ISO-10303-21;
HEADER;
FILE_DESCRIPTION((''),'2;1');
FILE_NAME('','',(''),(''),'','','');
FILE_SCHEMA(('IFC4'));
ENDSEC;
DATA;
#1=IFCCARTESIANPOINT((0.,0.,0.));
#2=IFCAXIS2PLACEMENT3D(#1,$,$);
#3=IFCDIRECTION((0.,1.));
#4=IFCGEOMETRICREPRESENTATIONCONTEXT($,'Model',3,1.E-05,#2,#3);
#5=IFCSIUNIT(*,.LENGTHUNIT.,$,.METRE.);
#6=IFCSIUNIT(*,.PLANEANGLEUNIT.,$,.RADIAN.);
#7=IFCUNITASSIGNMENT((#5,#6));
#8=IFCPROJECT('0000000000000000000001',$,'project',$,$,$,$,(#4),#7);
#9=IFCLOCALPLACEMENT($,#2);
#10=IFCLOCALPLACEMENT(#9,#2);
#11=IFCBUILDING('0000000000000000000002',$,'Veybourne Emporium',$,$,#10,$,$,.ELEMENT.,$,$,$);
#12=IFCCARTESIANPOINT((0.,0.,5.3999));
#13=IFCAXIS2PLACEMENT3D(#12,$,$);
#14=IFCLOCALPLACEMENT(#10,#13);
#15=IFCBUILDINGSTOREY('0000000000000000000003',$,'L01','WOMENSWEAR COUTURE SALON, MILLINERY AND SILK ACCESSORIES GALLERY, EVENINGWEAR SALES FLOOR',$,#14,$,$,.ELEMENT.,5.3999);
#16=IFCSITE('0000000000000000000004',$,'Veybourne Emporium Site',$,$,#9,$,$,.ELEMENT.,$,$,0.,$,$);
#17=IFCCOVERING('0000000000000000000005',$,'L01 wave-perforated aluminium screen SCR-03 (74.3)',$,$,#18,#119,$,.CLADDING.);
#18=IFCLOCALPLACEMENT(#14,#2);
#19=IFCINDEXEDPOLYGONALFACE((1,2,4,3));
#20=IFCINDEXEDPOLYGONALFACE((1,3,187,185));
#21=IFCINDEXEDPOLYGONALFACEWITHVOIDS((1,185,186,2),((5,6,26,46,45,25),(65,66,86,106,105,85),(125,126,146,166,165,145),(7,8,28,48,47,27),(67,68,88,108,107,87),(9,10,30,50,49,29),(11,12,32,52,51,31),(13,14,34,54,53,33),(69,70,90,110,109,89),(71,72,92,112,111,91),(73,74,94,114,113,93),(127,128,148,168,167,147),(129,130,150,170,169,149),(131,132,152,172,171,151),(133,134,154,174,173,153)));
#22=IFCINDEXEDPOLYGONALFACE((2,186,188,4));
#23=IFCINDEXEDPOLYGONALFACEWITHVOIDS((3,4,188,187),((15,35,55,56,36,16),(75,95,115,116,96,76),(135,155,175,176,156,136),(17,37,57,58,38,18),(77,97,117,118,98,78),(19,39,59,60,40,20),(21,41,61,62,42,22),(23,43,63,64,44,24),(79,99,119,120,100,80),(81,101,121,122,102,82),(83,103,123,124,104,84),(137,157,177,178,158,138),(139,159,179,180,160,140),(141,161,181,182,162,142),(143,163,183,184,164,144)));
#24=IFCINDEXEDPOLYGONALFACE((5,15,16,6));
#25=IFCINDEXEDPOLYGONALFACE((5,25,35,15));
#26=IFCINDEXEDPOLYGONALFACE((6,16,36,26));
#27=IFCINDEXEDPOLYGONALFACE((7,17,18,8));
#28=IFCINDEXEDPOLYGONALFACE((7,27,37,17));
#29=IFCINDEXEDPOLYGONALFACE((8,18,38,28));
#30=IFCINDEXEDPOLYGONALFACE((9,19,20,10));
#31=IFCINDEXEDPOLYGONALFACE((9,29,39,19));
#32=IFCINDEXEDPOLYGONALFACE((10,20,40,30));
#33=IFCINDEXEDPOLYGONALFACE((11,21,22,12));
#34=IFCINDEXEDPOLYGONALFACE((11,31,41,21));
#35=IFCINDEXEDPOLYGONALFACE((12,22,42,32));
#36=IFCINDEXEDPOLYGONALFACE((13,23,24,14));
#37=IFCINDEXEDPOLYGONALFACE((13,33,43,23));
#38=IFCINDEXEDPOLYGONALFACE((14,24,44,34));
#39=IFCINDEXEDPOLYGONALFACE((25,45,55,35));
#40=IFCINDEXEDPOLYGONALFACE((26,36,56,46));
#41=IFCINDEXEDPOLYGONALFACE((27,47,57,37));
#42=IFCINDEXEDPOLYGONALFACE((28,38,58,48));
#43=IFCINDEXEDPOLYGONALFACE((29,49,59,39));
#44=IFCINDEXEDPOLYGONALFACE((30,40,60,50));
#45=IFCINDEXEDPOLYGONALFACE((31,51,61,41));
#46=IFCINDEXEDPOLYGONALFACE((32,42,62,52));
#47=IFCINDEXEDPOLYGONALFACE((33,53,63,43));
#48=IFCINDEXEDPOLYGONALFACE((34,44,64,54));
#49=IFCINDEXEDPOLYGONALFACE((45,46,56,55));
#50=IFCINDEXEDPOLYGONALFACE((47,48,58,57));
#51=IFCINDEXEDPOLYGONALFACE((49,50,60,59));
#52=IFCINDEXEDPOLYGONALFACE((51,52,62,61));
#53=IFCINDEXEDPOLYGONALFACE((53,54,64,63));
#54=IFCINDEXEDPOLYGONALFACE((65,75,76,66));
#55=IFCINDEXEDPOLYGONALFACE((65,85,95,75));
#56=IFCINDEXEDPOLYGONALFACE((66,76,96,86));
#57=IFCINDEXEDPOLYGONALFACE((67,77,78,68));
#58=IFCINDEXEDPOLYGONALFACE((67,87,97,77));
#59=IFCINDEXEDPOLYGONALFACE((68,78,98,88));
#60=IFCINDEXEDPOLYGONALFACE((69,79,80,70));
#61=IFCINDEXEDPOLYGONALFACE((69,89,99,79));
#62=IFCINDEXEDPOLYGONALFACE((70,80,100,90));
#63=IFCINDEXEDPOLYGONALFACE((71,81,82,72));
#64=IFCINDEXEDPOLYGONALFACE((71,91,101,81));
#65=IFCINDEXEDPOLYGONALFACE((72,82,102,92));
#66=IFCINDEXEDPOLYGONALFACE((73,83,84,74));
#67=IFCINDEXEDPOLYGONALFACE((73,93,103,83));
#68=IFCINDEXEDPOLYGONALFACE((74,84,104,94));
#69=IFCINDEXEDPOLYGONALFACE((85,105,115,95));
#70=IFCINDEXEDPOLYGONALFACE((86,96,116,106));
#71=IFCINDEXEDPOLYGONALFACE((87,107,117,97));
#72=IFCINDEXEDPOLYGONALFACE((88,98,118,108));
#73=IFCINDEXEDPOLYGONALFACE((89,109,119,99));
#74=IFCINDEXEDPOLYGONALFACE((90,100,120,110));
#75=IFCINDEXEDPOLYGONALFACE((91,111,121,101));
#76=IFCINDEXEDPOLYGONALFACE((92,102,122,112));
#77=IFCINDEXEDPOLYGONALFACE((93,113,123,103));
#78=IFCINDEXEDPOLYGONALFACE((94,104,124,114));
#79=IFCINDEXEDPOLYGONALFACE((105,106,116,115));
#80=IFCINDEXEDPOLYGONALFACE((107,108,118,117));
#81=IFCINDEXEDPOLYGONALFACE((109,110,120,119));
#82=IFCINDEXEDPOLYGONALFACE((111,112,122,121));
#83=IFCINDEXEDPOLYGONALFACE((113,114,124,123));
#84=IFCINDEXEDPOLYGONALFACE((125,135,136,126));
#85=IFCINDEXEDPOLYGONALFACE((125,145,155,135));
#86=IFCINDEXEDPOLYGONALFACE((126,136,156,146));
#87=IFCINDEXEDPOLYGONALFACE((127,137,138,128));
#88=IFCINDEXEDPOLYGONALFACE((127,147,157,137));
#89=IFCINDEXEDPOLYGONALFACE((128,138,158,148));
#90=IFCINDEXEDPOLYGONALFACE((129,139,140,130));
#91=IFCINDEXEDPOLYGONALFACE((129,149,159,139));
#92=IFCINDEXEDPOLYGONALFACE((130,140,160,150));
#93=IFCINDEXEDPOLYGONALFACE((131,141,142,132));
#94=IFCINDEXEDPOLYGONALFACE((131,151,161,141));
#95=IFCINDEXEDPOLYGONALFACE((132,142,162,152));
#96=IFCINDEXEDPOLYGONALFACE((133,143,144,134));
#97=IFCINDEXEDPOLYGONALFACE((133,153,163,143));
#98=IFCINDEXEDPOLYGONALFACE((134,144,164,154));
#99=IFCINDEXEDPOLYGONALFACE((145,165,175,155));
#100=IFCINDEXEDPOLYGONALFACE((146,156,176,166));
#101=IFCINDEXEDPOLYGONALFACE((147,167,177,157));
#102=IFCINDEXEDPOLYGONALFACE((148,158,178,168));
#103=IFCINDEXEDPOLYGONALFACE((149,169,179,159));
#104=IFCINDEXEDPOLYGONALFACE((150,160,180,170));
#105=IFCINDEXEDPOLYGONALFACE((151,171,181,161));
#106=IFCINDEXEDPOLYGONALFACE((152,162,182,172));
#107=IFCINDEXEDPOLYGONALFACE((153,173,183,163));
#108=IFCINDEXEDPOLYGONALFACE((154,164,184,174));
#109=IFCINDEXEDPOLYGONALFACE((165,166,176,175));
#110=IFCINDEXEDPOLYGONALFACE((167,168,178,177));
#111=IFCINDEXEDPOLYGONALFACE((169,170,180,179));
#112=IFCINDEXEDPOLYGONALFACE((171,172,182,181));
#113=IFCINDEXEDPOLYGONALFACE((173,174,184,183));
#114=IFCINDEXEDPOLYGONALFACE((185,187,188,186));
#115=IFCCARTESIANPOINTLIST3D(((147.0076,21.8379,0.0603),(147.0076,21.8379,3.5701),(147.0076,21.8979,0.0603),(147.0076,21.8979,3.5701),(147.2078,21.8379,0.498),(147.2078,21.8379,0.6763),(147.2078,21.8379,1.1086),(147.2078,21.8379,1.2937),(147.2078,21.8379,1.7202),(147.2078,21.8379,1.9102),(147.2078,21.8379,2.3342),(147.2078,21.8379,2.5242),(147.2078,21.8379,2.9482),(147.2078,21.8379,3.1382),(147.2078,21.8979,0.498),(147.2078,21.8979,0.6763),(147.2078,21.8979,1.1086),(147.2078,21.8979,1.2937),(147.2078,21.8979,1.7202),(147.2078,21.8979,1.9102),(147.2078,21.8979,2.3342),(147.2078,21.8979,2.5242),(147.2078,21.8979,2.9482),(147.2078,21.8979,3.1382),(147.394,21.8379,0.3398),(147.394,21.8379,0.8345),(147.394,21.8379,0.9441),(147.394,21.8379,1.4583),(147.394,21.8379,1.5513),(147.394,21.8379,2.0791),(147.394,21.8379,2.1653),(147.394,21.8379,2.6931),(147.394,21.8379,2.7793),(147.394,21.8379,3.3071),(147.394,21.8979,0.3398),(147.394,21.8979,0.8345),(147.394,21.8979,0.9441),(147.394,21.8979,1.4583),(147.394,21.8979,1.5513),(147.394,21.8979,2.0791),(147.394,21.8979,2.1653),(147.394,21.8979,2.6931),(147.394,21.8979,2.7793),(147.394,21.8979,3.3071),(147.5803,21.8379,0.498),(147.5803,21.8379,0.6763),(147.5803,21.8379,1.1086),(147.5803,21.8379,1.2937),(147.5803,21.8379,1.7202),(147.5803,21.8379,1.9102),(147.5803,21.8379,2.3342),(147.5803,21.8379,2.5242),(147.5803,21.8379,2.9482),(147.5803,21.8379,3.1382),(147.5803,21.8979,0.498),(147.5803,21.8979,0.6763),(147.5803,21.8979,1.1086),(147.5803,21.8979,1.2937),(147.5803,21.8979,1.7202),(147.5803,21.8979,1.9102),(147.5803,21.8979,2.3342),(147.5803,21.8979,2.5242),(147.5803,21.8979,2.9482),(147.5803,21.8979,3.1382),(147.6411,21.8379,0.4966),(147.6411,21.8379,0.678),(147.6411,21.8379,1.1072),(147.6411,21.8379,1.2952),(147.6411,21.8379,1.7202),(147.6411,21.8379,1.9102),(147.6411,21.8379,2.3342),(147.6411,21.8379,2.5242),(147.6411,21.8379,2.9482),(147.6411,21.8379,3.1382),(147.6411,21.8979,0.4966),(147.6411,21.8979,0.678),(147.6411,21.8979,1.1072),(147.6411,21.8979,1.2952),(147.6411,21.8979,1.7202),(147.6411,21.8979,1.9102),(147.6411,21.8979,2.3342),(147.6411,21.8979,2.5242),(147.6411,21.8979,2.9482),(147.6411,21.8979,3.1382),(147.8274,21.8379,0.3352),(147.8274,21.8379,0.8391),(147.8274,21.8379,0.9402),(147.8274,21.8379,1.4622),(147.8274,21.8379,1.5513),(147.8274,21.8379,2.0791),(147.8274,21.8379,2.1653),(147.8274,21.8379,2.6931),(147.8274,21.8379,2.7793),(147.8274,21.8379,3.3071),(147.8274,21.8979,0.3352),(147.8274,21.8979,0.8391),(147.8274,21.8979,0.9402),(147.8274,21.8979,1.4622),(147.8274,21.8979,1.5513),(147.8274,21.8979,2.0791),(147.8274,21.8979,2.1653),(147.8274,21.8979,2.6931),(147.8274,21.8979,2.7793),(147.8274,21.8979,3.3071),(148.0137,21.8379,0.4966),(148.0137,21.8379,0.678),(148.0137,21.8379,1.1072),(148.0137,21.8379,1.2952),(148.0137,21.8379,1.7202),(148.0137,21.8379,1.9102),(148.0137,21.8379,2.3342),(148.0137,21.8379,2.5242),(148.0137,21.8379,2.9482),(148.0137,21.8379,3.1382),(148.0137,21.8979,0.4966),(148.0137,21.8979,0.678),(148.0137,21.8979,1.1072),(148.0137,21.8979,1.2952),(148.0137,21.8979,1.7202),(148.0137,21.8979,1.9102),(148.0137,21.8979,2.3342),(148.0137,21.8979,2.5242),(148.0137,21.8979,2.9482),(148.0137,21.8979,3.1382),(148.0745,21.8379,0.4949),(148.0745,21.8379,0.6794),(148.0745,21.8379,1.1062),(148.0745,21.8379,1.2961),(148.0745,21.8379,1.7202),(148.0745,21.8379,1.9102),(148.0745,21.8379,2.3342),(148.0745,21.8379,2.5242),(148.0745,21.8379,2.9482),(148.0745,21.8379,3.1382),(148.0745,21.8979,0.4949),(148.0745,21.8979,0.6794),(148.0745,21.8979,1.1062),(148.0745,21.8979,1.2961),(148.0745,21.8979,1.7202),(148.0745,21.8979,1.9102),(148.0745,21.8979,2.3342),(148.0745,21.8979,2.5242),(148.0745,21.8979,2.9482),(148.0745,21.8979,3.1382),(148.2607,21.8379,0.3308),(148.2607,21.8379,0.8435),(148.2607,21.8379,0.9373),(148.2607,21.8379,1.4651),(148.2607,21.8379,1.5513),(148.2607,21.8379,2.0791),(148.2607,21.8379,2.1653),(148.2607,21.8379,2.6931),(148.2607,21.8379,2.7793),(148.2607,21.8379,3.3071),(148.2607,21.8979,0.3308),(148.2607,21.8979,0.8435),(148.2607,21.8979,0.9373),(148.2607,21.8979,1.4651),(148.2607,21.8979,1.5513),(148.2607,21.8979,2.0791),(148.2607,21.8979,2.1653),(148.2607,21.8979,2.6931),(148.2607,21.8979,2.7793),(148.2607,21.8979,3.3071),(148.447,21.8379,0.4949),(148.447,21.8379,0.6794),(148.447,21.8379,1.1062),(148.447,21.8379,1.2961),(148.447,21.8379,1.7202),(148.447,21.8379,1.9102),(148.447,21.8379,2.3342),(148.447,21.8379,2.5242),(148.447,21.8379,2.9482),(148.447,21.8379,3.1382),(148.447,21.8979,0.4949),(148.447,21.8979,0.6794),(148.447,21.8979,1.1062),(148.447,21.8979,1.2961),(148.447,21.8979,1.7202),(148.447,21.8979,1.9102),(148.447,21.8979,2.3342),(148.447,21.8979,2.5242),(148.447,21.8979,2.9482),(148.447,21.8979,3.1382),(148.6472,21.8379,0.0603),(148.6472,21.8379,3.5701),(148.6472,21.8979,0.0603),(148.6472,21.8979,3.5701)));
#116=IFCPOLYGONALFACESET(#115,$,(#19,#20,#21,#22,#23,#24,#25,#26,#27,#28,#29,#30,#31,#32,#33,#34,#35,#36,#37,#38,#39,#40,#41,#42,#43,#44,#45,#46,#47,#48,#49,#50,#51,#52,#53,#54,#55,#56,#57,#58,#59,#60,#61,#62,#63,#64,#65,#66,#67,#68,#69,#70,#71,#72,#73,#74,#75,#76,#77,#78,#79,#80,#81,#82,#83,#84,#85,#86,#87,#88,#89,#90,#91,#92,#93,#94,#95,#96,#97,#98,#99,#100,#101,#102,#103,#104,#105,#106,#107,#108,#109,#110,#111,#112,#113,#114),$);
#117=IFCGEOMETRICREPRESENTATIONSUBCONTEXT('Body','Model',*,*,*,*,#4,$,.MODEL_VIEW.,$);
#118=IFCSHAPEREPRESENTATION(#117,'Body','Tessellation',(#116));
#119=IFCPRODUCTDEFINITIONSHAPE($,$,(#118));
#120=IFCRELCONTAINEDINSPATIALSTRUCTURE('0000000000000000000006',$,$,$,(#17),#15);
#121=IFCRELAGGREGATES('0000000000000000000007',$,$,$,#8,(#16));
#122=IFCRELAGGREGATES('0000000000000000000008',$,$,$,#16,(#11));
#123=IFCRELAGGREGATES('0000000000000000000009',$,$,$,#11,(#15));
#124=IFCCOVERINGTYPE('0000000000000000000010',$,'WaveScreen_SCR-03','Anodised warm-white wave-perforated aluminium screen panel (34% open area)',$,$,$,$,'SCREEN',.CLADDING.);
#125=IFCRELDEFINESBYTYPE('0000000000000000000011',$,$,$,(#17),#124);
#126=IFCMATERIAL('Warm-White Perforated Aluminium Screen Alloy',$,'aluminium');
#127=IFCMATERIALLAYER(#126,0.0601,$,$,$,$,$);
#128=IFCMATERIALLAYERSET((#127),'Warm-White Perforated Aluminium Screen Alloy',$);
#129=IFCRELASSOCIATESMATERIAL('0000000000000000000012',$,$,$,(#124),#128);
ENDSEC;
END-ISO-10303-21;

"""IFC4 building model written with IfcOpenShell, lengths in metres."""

from ifc_helpers import new_model, si_unit, direction, frame, origin, place, context, subcontext, project, spatial, polyline, outline, extrude, material, layer, layer_set, type_object, element, save


model = new_model("IFC4")

# Units and contexts
model_context = context("Model", 3, precision=1e-05, world=origin(), true_north=direction((0.0, 1.0)))
body_context = subcontext(model_context, "Body", "Model", "MODEL_VIEW")
ifc_project = project(units=[si_unit("LENGTHUNIT", "METRE"), si_unit("PLANEANGLEUNIT", "RADIAN")], contexts=[model_context])

# Site, building, storey
site_placement = place(None, origin())
site = spatial("IfcSite", under=ifc_project, at=site_placement, Name="Veybourne Emporium Site", CompositionType="ELEMENT", RefElevation=0.0)
building_placement = place(site_placement, origin())
building = spatial("IfcBuilding", under=site, at=building_placement, Name="Veybourne Emporium", CompositionType="ELEMENT")
storey_placement = place(building_placement, frame((0.0, 0.0, 5.3999)))
storey = spatial("IfcBuildingStorey", under=building, at=storey_placement, Name="L01", Description="WOMENSWEAR COUTURE SALON, MILLINERY AND SILK ACCESSORIES GALLERY, EVENINGWEAR SALES FLOOR", CompositionType="ELEMENT", Elevation=5.3999)

# Covering
ifc_material_1 = material(Name="Warm-White Perforated Aluminium Screen Alloy", Category="aluminium")
ifc_layer_1 = layer(ifc_material_1, 0.0601)
ifc_layer_set_1 = layer_set([ifc_layer_1], Name="Warm-White Perforated Aluminium Screen Alloy")
covering_type_1 = type_object("IfcCoveringType", Name="WaveScreen_SCR-03", Description="Anodised warm-white wave-perforated aluminium screen panel (34% open area)", ElementType="SCREEN", PredefinedType="CLADDING", material=ifc_layer_set_1)
covering_1_placement = place(storey_placement, frame((147.8274, 21.8979, 1.8152), z_axis=(0.0, -1.0, 0.0), x_axis=(1.0, 0.0, 0.0)))
element("IfcCovering", 1, at=covering_1_placement, inside=storey, type_object=covering_type_1, Name="L01 wave-perforated aluminium screen SCR-03 (74.3)", PredefinedType="CLADDING", context=body_context, shape_type="SweptSolid", body=[
    extrude(outline(polyline([(-0.8198, -1.7549), (0.8198, -1.7549), (0.8198, 1.7549), (-0.8198, 1.7549), (-0.8198, -1.7549)]), holes=[polyline([(-0.4333, -0.9807), (-0.2471, -1.1389), (-0.2471, -1.3171), (-0.4333, -1.4753), (-0.6196, -1.3171), (-0.6196, -1.1389), (-0.4333, -0.9807)]), polyline([(-0.4333, -0.3569), (-0.2471, -0.5215), (-0.2471, -0.7065), (-0.4333, -0.8711), (-0.6196, -0.7065), (-0.6196, -0.5215), (-0.4333, -0.3569)]), polyline([(-0.4333, 0.2639), (-0.2471, 0.095), (-0.2471, -0.095), (-0.4333, -0.2639), (-0.6196, -0.095), (-0.6196, 0.095), (-0.4333, 0.2639)]), polyline([(-0.4333, 0.8779), (-0.2471, 0.709), (-0.2471, 0.519), (-0.4333, 0.3501), (-0.6196, 0.519), (-0.6196, 0.709), (-0.4333, 0.8779)]), polyline([(-0.4333, 1.4919), (-0.2471, 1.323), (-0.2471, 1.1331), (-0.4333, 0.9641), (-0.6196, 1.1331), (-0.6196, 1.323), (-0.4333, 1.4919)]), polyline([(0.0, -0.9761), (0.1863, -1.1372), (0.1863, -1.3186), (0.0, -1.48), (-0.1863, -1.3186), (-0.1863, -1.1372), (0.0, -0.9761)]), polyline([(0.0, -0.353), (0.1863, -0.52), (0.1863, -0.708), (0.0, -0.875), (-0.1863, -0.708), (-0.1863, -0.52), (0.0, -0.353)]), polyline([(0.0, 0.2639), (0.1863, 0.095), (0.1863, -0.095), (0.0, -0.2639), (-0.1863, -0.095), (-0.1863, 0.095), (0.0, 0.2639)]), polyline([(0.0, 0.8779), (0.1863, 0.709), (0.1863, 0.519), (0.0, 0.3501), (-0.1863, 0.519), (-0.1863, 0.709), (0.0, 0.8779)]), polyline([(0.0, 1.4919), (0.1863, 1.323), (0.1863, 1.1331), (0.0, 0.9641), (-0.1863, 1.1331), (-0.1863, 1.323), (0.0, 1.4919)]), polyline([(0.4333, -0.9717), (0.6196, -1.1357), (0.6196, -1.3203), (0.4333, -1.4844), (0.2471, -1.3203), (0.2471, -1.1357), (0.4333, -0.9717)]), polyline([(0.4333, -0.3501), (0.6196, -0.519), (0.6196, -0.709), (0.4333, -0.8779), (0.2471, -0.709), (0.2471, -0.519), (0.4333, -0.3501)]), polyline([(0.4333, 0.2639), (0.6196, 0.095), (0.6196, -0.095), (0.4333, -0.2639), (0.2471, -0.095), (0.2471, 0.095), (0.4333, 0.2639)]), polyline([(0.4333, 0.8779), (0.6196, 0.709), (0.6196, 0.519), (0.4333, 0.3501), (0.2471, 0.519), (0.2471, 0.709), (0.4333, 0.8779)]), polyline([(0.4333, 1.4919), (0.6196, 1.323), (0.6196, 1.1331), (0.4333, 0.9641), (0.2471, 1.1331), (0.2471, 1.323), (0.4333, 1.4919)])]), origin(), (0.0, 0.0, 1.0), 0.0601),
])

save(model, "model.ifc")
